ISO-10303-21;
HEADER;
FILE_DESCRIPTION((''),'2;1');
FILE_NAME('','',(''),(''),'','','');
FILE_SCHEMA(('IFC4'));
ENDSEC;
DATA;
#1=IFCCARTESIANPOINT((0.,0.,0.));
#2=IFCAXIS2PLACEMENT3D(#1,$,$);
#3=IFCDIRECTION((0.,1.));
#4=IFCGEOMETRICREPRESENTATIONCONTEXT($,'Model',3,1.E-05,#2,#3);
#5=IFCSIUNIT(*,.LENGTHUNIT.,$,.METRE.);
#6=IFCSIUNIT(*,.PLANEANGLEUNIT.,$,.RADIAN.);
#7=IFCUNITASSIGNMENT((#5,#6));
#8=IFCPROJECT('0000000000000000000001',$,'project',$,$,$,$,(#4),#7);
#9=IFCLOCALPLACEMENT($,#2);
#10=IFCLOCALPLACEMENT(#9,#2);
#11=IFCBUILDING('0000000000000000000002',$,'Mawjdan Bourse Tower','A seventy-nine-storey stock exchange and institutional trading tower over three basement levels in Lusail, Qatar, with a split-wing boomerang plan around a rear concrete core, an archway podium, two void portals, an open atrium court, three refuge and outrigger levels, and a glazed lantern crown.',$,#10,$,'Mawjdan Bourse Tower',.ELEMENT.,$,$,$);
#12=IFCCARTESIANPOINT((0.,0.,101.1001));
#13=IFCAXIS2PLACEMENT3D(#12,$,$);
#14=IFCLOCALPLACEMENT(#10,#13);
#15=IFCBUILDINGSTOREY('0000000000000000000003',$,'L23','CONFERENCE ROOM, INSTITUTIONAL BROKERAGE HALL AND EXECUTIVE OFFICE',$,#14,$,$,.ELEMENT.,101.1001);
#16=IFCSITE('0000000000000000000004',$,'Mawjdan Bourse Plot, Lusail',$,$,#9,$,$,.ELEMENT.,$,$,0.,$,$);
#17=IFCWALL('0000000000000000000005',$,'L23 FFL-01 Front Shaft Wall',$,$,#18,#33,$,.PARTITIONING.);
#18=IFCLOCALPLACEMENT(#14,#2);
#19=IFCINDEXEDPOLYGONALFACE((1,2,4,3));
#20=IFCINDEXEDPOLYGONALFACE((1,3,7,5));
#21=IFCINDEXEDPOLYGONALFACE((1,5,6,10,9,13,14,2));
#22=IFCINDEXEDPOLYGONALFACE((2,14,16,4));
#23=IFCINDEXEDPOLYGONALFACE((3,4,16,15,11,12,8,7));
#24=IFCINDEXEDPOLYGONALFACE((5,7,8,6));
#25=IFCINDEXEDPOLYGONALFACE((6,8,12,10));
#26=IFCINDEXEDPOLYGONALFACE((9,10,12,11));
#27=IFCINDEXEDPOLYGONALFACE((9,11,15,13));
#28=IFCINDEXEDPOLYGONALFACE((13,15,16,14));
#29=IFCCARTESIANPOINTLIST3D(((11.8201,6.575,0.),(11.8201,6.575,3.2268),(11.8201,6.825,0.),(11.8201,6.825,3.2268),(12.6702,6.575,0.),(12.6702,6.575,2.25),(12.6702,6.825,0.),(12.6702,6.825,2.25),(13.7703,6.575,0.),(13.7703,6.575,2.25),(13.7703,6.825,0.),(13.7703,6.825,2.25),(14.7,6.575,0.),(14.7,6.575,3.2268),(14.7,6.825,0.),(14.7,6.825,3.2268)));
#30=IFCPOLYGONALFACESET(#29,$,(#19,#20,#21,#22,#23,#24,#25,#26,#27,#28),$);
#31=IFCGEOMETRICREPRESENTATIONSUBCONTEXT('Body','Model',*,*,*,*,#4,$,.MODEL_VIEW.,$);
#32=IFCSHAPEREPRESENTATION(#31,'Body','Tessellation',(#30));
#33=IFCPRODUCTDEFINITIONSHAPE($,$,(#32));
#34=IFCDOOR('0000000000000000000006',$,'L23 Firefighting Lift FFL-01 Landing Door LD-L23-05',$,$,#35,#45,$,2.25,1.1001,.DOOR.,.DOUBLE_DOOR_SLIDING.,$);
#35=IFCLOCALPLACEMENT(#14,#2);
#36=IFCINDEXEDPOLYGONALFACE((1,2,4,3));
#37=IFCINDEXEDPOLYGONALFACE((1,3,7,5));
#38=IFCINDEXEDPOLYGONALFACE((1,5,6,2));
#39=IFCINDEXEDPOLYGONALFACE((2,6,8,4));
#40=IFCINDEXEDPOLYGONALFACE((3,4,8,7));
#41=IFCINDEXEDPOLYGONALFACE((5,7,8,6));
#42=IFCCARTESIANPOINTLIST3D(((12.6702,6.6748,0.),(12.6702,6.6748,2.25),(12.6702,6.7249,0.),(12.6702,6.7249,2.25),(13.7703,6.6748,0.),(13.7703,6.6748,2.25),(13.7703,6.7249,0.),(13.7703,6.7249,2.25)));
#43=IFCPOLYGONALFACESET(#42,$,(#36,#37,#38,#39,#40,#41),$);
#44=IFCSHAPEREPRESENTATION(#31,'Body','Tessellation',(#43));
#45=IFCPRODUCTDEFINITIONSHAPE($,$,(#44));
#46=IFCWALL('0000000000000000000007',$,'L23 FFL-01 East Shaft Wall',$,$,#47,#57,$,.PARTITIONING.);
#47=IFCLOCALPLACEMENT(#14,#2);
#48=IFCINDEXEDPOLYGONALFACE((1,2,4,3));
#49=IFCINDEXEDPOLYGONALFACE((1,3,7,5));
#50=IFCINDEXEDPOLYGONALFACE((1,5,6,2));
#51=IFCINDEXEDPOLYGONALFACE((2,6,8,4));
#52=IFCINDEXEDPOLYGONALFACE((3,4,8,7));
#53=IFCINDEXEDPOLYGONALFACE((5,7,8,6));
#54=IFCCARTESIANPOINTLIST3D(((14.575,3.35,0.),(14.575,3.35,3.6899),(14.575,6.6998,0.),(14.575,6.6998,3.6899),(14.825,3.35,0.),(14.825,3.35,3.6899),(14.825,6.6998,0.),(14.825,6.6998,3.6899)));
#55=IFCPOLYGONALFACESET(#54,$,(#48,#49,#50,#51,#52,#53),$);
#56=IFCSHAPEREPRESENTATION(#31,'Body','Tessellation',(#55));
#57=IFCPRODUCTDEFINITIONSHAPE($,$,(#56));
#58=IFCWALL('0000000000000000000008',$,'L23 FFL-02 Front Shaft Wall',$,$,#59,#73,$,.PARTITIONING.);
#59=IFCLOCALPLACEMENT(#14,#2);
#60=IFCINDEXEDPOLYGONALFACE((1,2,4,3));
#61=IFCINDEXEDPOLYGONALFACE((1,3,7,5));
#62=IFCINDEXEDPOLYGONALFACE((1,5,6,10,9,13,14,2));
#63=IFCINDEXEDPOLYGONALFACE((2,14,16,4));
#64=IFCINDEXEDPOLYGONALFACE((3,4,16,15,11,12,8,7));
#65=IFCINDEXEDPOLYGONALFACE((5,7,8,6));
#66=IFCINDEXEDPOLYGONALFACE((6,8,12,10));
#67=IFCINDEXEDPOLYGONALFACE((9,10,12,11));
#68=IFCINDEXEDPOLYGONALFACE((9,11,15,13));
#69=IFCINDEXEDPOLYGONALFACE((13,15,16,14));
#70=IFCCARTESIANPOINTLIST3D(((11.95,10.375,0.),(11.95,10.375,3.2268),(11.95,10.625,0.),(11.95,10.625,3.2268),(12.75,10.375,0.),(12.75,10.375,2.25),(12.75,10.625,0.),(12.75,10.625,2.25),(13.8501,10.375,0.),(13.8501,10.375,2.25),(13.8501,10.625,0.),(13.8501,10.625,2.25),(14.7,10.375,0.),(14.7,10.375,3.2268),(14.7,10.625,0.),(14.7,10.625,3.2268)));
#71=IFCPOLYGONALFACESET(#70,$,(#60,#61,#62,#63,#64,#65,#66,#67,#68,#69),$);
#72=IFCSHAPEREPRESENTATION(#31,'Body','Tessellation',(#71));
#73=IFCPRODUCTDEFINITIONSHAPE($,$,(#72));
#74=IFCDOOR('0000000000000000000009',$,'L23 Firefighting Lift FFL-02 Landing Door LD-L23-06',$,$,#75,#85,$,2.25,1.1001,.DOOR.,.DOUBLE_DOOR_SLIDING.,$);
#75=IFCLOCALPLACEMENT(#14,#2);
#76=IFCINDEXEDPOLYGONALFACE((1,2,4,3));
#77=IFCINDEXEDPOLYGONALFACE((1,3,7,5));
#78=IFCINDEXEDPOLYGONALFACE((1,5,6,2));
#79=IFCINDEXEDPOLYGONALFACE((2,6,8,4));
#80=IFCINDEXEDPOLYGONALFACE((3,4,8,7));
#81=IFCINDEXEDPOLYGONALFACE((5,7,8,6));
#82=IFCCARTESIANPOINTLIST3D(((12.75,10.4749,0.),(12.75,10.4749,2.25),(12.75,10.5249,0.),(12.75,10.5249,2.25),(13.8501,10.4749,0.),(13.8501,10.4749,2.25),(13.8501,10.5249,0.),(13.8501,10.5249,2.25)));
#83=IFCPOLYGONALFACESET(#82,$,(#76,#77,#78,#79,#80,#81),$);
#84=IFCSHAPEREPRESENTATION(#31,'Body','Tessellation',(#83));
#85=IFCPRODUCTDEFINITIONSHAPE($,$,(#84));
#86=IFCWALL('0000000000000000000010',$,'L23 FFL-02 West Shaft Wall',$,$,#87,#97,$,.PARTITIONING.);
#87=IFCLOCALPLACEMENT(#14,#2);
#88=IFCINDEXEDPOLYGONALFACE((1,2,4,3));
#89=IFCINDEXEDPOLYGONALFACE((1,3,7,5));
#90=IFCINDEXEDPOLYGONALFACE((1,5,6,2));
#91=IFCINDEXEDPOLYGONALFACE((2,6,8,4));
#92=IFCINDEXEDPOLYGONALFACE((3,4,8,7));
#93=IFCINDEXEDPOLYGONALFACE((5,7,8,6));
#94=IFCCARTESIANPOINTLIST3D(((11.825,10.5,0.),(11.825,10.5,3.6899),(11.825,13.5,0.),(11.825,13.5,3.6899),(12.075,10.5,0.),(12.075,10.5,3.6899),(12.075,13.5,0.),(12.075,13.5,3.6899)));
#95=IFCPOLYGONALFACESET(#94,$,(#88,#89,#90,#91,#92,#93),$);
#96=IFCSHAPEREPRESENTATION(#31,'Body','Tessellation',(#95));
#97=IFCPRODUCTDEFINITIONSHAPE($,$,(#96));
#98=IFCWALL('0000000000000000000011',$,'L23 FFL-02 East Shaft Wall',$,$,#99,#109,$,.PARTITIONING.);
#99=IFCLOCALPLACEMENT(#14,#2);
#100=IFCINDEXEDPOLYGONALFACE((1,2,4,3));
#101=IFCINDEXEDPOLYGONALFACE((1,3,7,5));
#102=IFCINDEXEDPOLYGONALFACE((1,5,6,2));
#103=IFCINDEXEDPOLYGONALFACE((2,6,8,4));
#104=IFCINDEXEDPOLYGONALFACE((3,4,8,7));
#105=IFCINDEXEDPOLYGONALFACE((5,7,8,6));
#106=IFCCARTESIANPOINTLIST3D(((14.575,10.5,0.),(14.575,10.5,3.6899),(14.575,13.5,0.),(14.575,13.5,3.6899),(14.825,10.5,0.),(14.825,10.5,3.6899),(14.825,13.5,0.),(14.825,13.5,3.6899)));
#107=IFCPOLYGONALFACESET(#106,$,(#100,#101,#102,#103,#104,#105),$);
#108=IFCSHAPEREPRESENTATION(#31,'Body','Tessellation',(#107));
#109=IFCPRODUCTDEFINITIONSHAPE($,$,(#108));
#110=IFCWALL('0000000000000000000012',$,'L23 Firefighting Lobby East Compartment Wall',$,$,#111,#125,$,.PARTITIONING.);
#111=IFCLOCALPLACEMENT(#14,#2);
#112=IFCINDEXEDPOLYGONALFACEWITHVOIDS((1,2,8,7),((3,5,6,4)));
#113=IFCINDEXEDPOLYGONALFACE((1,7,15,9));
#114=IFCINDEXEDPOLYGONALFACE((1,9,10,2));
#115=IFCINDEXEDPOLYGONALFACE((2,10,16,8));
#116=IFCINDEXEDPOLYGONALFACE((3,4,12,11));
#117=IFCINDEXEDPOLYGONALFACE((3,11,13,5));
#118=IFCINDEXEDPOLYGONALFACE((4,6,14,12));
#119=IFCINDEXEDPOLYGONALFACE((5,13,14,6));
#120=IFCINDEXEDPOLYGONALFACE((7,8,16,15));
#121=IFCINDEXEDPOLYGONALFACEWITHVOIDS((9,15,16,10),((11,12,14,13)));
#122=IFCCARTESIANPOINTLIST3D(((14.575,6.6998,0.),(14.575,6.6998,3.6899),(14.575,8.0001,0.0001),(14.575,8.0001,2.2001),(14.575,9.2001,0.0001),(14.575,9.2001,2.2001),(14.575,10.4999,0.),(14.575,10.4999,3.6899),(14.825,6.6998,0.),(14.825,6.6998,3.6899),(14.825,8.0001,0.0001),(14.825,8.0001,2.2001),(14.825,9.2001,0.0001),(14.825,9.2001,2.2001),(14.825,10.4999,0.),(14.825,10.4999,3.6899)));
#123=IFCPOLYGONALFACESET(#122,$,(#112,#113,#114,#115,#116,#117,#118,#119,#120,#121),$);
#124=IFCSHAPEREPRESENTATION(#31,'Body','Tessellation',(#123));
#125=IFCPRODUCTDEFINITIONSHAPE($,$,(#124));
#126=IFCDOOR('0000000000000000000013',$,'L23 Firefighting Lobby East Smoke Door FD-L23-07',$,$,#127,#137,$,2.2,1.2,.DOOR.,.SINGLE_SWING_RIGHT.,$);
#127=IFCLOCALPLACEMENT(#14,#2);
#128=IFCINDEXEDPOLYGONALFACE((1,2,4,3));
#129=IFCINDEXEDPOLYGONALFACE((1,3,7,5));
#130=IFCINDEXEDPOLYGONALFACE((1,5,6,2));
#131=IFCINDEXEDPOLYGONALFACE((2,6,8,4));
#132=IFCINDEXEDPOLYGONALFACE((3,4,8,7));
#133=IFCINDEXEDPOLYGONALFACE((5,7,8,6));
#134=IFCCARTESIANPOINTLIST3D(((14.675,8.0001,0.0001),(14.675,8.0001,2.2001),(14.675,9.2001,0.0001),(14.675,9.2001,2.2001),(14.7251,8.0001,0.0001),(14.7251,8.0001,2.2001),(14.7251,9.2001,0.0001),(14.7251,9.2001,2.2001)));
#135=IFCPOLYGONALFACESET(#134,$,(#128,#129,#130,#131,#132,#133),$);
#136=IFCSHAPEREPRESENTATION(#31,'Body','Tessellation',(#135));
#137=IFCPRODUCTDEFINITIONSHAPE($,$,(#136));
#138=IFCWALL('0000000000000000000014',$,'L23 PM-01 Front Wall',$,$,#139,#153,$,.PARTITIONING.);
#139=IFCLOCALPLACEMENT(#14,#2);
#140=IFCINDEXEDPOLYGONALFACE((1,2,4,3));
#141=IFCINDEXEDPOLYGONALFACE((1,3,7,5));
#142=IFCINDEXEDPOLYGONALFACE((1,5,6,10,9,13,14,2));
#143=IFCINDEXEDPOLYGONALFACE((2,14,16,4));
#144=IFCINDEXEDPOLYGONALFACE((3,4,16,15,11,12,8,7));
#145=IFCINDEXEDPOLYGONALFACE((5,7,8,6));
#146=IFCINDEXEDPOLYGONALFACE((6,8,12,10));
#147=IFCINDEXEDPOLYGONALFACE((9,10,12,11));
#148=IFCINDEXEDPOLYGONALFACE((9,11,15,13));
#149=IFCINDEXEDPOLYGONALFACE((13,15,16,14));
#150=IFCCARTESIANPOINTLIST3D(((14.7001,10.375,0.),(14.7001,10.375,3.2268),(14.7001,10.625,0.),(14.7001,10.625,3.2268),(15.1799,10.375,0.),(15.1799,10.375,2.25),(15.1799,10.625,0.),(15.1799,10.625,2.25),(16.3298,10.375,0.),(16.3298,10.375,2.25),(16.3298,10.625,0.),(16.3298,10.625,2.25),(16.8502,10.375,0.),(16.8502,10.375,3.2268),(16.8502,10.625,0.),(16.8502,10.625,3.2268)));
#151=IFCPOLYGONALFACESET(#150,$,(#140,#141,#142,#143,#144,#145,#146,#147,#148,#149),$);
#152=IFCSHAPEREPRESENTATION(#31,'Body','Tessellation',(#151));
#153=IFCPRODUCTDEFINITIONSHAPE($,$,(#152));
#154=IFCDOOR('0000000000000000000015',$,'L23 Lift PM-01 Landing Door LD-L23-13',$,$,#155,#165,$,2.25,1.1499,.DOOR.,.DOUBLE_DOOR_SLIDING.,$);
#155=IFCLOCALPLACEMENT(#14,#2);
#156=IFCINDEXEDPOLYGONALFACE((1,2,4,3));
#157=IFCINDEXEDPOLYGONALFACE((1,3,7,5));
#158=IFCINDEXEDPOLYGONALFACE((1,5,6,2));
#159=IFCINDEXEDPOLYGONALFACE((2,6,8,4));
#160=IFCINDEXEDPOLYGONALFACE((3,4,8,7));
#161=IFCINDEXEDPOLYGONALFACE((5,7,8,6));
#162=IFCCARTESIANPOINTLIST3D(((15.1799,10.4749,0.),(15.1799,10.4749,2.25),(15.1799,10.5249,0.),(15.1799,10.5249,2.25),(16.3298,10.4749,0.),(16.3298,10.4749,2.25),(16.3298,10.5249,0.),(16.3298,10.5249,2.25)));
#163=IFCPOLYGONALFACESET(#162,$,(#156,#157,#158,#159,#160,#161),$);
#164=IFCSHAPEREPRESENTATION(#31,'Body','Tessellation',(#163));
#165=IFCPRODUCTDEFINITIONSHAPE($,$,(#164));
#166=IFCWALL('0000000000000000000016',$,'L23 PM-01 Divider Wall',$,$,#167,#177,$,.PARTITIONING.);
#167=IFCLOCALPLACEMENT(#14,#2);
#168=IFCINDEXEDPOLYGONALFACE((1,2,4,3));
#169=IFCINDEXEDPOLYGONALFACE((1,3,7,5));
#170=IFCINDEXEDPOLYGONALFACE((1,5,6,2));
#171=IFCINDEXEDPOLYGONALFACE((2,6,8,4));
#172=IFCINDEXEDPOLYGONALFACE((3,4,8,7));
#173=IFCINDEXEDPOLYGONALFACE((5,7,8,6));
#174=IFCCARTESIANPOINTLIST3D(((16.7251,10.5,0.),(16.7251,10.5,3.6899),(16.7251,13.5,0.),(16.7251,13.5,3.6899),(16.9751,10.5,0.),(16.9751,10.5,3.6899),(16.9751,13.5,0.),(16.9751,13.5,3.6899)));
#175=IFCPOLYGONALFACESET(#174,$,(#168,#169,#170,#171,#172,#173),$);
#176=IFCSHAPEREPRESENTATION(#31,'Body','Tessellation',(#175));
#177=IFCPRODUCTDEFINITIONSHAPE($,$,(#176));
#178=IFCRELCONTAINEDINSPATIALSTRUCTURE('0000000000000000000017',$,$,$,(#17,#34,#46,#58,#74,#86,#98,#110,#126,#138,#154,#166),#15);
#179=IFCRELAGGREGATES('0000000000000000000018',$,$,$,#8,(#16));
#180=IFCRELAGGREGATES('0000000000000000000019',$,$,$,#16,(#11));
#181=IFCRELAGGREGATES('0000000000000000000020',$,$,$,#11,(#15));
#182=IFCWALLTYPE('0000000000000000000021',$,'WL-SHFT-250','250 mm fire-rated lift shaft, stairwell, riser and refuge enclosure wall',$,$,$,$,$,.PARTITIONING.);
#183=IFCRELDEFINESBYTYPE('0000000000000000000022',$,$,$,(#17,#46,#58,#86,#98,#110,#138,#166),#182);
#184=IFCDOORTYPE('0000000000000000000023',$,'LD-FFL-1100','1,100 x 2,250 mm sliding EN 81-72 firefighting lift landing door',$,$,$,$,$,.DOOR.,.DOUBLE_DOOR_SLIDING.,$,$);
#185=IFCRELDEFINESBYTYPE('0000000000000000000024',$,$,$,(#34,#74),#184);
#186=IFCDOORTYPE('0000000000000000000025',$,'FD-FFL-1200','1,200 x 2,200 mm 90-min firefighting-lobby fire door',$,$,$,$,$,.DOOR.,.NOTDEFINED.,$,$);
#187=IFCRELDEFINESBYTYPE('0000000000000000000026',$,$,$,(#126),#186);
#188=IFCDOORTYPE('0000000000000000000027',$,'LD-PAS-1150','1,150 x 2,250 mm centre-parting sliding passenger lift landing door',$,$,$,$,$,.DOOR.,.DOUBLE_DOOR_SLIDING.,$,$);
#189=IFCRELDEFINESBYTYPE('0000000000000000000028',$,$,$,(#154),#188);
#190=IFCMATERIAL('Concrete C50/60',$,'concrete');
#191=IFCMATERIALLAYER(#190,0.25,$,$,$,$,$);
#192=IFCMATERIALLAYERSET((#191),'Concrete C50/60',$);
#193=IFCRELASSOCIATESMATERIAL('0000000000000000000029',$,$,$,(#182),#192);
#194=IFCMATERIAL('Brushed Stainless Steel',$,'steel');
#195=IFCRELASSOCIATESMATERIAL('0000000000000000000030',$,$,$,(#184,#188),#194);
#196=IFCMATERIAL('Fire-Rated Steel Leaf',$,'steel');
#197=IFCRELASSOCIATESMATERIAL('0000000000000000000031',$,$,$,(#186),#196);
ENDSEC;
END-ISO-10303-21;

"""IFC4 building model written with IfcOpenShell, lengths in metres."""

from ifc_helpers import new_model, si_unit, direction, frame, frame_2d, origin, place, context, subcontext, project, spatial, rectangle, extrude, material, layer, layer_set, type_object, element, fill, save


model = new_model("IFC4")

# Units and contexts
model_context = context("Model", 3, precision=1e-05, world=origin(), true_north=direction((0.0, 1.0)))
body_context = subcontext(model_context, "Body", "Model", "MODEL_VIEW")
ifc_project = project(units=[si_unit("LENGTHUNIT", "METRE"), si_unit("PLANEANGLEUNIT", "RADIAN")], contexts=[model_context])

# Site, building, storey
site_placement = place(None, origin())
site = spatial("IfcSite", under=ifc_project, at=site_placement, Name="Mawjdan Bourse Plot, Lusail", CompositionType="ELEMENT", RefElevation=0.0)
building_placement = place(site_placement, origin())
building = spatial("IfcBuilding", under=site, at=building_placement, Name="Mawjdan Bourse Tower", Description="A seventy-nine-storey stock exchange and institutional trading tower over three basement levels in Lusail, Qatar, with a split-wing boomerang plan around a rear concrete core, an archway podium, two void portals, an open atrium court, three refuge and outrigger levels, and a glazed lantern crown.", LongName="Mawjdan Bourse Tower", CompositionType="ELEMENT")
storey_placement = place(building_placement, frame((0.0, 0.0, 101.1001)))
storey = spatial("IfcBuildingStorey", under=building, at=storey_placement, Name="L23", Description="CONFERENCE ROOM, INSTITUTIONAL BROKERAGE HALL AND EXECUTIVE OFFICE", CompositionType="ELEMENT", Elevation=101.1001)

# Shared definitions
ifc_material_1 = material(Name="Concrete C50/60", Category="concrete")
ifc_layer_1 = layer(ifc_material_1, 0.25)
ifc_layer_set_1 = layer_set([ifc_layer_1], Name="Concrete C50/60")
wall_type_1 = type_object("IfcWallType", Name="WL-SHFT-250", Description="250 mm fire-rated lift shaft, stairwell, riser and refuge enclosure wall", PredefinedType="PARTITIONING", material=ifc_layer_set_1)

# Wall, opening, door
wall_1_placement = place(storey_placement, frame((11.8201, 6.7, 0.0), z_axis=(0.0, 0.0, 1.0), x_axis=(1.0, 0.0, 0.0)))
wall_1 = element("IfcWall", 1, at=wall_1_placement, inside=storey, type_object=wall_type_1, Name="L23 FFL-01 Front Shaft Wall", PredefinedType="PARTITIONING", context=body_context, shape_type="SweptSolid", body=[
    extrude(rectangle(XDim=2.8799, YDim=0.25, at=frame_2d((1.4399, 0.0))), origin(), (0.0, 0.0, 1.0), 3.2268),
])
opening_1_placement = place(wall_1_placement, frame((0.8501, 0.0, 0.0)))
opening_1 = element("IfcOpeningElement", 2, at=opening_1_placement, cuts=wall_1, PredefinedType="OPENING", context=body_context, shape_type="SweptSolid", body=[
    extrude(rectangle(XDim=1.1001, YDim=2.25, at=frame_2d((0.55, 1.125))), frame((0.0, 0.135, 0.0), z_axis=(0.0, -1.0, 0.0), x_axis=(1.0, 0.0, 0.0)), (0.0, 0.0, 1.0), 0.27),
])
ifc_material_2 = material(Name="Brushed Stainless Steel", Category="steel")
door_type_1 = type_object("IfcDoorType", Name="LD-FFL-1100", Description="1,100 x 2,250 mm sliding EN 81-72 firefighting lift landing door", OperationType="DOUBLE_DOOR_SLIDING", PredefinedType="DOOR", material=ifc_material_2)
door_1_placement = place(opening_1_placement, origin())
door_1 = element("IfcDoor", 3, at=door_1_placement, inside=storey, type_object=door_type_1, Name="L23 Firefighting Lift FFL-01 Landing Door LD-L23-05", OperationType="DOUBLE_DOOR_SLIDING", OverallHeight=2.25, OverallWidth=1.1001, PredefinedType="DOOR", context=body_context, shape_type="SweptSolid", body=[
    extrude(rectangle(XDim=1.1001, YDim=2.25, at=frame_2d((0.55, 1.125))), frame((0.0, 0.0249, 0.0), z_axis=(0.0, -1.0, 0.0), x_axis=(1.0, 0.0, 0.0)), (0.0, 0.0, 1.0), 0.05),
])
fill(opening_1, door_1)

# Wall
wall_2_placement = place(storey_placement, frame((14.7, 3.3501, 0.0), z_axis=(0.0, 0.0, 1.0), x_axis=(0.0, 1.0, 0.0)))
element("IfcWall", 4, at=wall_2_placement, inside=storey, type_object=wall_type_1, Name="L23 FFL-01 East Shaft Wall", PredefinedType="PARTITIONING", context=body_context, shape_type="SweptSolid", body=[
    extrude(rectangle(XDim=3.3499, YDim=0.25, at=frame_2d((1.6748, 0.0))), origin(), (0.0, 0.0, 1.0), 3.6899),
])

# Wall, opening, door
wall_3_placement = place(storey_placement, frame((11.95, 10.5, 0.0), z_axis=(0.0, 0.0, 1.0), x_axis=(1.0, 0.0, 0.0)))
wall_3 = element("IfcWall", 5, at=wall_3_placement, inside=storey, type_object=wall_type_1, Name="L23 FFL-02 Front Shaft Wall", PredefinedType="PARTITIONING", context=body_context, shape_type="SweptSolid", body=[
    extrude(rectangle(XDim=2.75, YDim=0.25, at=frame_2d((1.375, 0.0))), origin(), (0.0, 0.0, 1.0), 3.2268),
])
opening_2_placement = place(wall_3_placement, frame((0.8, 0.0, 0.0)))
opening_2 = element("IfcOpeningElement", 6, at=opening_2_placement, cuts=wall_3, PredefinedType="OPENING", context=body_context, shape_type="SweptSolid", body=[
    extrude(rectangle(XDim=1.1001, YDim=2.25, at=frame_2d((0.55, 1.125))), frame((0.0, 0.135, 0.0), z_axis=(0.0, -1.0, 0.0), x_axis=(1.0, 0.0, 0.0)), (0.0, 0.0, 1.0), 0.27),
])
door_2_placement = place(opening_2_placement, origin())
door_2 = element("IfcDoor", 7, at=door_2_placement, inside=storey, type_object=door_type_1, Name="L23 Firefighting Lift FFL-02 Landing Door LD-L23-06", OperationType="DOUBLE_DOOR_SLIDING", OverallHeight=2.25, OverallWidth=1.1001, PredefinedType="DOOR", context=body_context, shape_type="SweptSolid", body=[
    extrude(rectangle(XDim=1.1001, YDim=2.25, at=frame_2d((0.55, 1.125))), frame((0.0, 0.0249, 0.0), z_axis=(0.0, -1.0, 0.0), x_axis=(1.0, 0.0, 0.0)), (0.0, 0.0, 1.0), 0.05),
])
fill(opening_2, door_2)

# Walls
for number, where, z_axis, x_axis, name in (
    (8, (11.95, 10.5, 0.0), (0.0, 0.0, 1.0), (0.0, 1.0, 0.0), "L23 FFL-02 West Shaft Wall"),
    (9, (14.7, 10.5, 0.0), (0.0, 0.0, 1.0), (0.0, 1.0, 0.0), "L23 FFL-02 East Shaft Wall"),
):
    element("IfcWall", number, at=place(storey_placement, frame(where, z_axis=z_axis, x_axis=x_axis)), inside=storey, type_object=wall_type_1, Name=name, PredefinedType="PARTITIONING", context=body_context, shape_type="SweptSolid", body=[
        extrude(rectangle(XDim=3.0, YDim=0.25, at=frame_2d((1.5, 0.0))), origin(), (0.0, 0.0, 1.0), 3.6899),
    ])

# Walls, openings, doors
wall_4_placement = place(storey_placement, frame((14.7, 6.7, 0.0), z_axis=(0.0, 0.0, 1.0), x_axis=(0.0, 1.0, 0.0)))
wall_4 = element("IfcWall", 10, at=wall_4_placement, inside=storey, type_object=wall_type_1, Name="L23 Firefighting Lobby East Compartment Wall", PredefinedType="PARTITIONING", context=body_context, shape_type="SweptSolid", body=[
    extrude(rectangle(XDim=3.8, YDim=0.25, at=frame_2d((1.8999, 0.0))), origin(), (0.0, 0.0, 1.0), 3.6899),
])
opening_3_placement = place(wall_4_placement, frame((1.3, 0.0, 0.0)))
opening_3 = element("IfcOpeningElement", 11, at=opening_3_placement, cuts=wall_4, PredefinedType="OPENING", context=body_context, shape_type="SweptSolid", body=[
    extrude(rectangle(XDim=1.2, YDim=2.2, at=frame_2d((0.6001, 1.1001))), frame((0.0, 0.135, 0.0), z_axis=(0.0, -1.0, 0.0), x_axis=(1.0, 0.0, 0.0)), (0.0, 0.0, 1.0), 0.27),
])
ifc_material_3 = material(Name="Fire-Rated Steel Leaf", Category="steel")
door_type_2 = type_object("IfcDoorType", Name="FD-FFL-1200", Description="1,200 x 2,200 mm 90-min firefighting-lobby fire door", OperationType="NOTDEFINED", PredefinedType="DOOR", material=ifc_material_3)
door_3_placement = place(opening_3_placement, origin())
door_3 = element("IfcDoor", 12, at=door_3_placement, inside=storey, type_object=door_type_2, Name="L23 Firefighting Lobby East Smoke Door FD-L23-07", OperationType="SINGLE_SWING_RIGHT", OverallHeight=2.2, OverallWidth=1.2, PredefinedType="DOOR", context=body_context, shape_type="SweptSolid", body=[
    extrude(rectangle(XDim=1.2, YDim=2.2, at=frame_2d((0.6001, 1.1001))), frame((0.0, 0.0249, 0.0), z_axis=(0.0, -1.0, 0.0), x_axis=(1.0, 0.0, 0.0)), (0.0, 0.0, 1.0), 0.05),
])
fill(opening_3, door_3)
wall_5_placement = place(storey_placement, frame((14.7, 10.5, 0.0), z_axis=(0.0, 0.0, 1.0), x_axis=(1.0, 0.0, 0.0)))
wall_5 = element("IfcWall", 13, at=wall_5_placement, inside=storey, type_object=wall_type_1, Name="L23 PM-01 Front Wall", PredefinedType="PARTITIONING", context=body_context, shape_type="SweptSolid", body=[
    extrude(rectangle(XDim=2.1501, YDim=0.25, at=frame_2d((1.0752, 0.0))), origin(), (0.0, 0.0, 1.0), 3.2268),
])
opening_4_placement = place(wall_5_placement, frame((0.48, 0.0, 0.0)))
opening_4 = element("IfcOpeningElement", 14, at=opening_4_placement, cuts=wall_5, PredefinedType="OPENING", context=body_context, shape_type="SweptSolid", body=[
    extrude(rectangle(XDim=1.1499, YDim=2.25, at=frame_2d((0.575, 1.125))), frame((0.0, 0.135, 0.0), z_axis=(0.0, -1.0, 0.0), x_axis=(1.0, 0.0, 0.0)), (0.0, 0.0, 1.0), 0.27),
])
door_type_3 = type_object("IfcDoorType", Name="LD-PAS-1150", Description="1,150 x 2,250 mm centre-parting sliding passenger lift landing door", OperationType="DOUBLE_DOOR_SLIDING", PredefinedType="DOOR", material=ifc_material_2)
door_4_placement = place(opening_4_placement, origin())
door_4 = element("IfcDoor", 15, at=door_4_placement, inside=storey, type_object=door_type_3, Name="L23 Lift PM-01 Landing Door LD-L23-13", OperationType="DOUBLE_DOOR_SLIDING", OverallHeight=2.25, OverallWidth=1.1499, PredefinedType="DOOR", context=body_context, shape_type="SweptSolid", body=[
    extrude(rectangle(XDim=1.1499, YDim=2.25, at=frame_2d((0.575, 1.125))), frame((0.0, 0.0249, 0.0), z_axis=(0.0, -1.0, 0.0), x_axis=(1.0, 0.0, 0.0)), (0.0, 0.0, 1.0), 0.05),
])
fill(opening_4, door_4)

# Wall
wall_6_placement = place(storey_placement, frame((16.8501, 10.5, 0.0), z_axis=(0.0, 0.0, 1.0), x_axis=(0.0, 1.0, 0.0)))
element("IfcWall", 16, at=wall_6_placement, inside=storey, type_object=wall_type_1, Name="L23 PM-01 Divider Wall", PredefinedType="PARTITIONING", context=body_context, shape_type="SweptSolid", body=[
    extrude(rectangle(XDim=3.0, YDim=0.25, at=frame_2d((1.5, 0.0))), origin(), (0.0, 0.0, 1.0), 3.6899),
])

save(model, "model.ifc")
